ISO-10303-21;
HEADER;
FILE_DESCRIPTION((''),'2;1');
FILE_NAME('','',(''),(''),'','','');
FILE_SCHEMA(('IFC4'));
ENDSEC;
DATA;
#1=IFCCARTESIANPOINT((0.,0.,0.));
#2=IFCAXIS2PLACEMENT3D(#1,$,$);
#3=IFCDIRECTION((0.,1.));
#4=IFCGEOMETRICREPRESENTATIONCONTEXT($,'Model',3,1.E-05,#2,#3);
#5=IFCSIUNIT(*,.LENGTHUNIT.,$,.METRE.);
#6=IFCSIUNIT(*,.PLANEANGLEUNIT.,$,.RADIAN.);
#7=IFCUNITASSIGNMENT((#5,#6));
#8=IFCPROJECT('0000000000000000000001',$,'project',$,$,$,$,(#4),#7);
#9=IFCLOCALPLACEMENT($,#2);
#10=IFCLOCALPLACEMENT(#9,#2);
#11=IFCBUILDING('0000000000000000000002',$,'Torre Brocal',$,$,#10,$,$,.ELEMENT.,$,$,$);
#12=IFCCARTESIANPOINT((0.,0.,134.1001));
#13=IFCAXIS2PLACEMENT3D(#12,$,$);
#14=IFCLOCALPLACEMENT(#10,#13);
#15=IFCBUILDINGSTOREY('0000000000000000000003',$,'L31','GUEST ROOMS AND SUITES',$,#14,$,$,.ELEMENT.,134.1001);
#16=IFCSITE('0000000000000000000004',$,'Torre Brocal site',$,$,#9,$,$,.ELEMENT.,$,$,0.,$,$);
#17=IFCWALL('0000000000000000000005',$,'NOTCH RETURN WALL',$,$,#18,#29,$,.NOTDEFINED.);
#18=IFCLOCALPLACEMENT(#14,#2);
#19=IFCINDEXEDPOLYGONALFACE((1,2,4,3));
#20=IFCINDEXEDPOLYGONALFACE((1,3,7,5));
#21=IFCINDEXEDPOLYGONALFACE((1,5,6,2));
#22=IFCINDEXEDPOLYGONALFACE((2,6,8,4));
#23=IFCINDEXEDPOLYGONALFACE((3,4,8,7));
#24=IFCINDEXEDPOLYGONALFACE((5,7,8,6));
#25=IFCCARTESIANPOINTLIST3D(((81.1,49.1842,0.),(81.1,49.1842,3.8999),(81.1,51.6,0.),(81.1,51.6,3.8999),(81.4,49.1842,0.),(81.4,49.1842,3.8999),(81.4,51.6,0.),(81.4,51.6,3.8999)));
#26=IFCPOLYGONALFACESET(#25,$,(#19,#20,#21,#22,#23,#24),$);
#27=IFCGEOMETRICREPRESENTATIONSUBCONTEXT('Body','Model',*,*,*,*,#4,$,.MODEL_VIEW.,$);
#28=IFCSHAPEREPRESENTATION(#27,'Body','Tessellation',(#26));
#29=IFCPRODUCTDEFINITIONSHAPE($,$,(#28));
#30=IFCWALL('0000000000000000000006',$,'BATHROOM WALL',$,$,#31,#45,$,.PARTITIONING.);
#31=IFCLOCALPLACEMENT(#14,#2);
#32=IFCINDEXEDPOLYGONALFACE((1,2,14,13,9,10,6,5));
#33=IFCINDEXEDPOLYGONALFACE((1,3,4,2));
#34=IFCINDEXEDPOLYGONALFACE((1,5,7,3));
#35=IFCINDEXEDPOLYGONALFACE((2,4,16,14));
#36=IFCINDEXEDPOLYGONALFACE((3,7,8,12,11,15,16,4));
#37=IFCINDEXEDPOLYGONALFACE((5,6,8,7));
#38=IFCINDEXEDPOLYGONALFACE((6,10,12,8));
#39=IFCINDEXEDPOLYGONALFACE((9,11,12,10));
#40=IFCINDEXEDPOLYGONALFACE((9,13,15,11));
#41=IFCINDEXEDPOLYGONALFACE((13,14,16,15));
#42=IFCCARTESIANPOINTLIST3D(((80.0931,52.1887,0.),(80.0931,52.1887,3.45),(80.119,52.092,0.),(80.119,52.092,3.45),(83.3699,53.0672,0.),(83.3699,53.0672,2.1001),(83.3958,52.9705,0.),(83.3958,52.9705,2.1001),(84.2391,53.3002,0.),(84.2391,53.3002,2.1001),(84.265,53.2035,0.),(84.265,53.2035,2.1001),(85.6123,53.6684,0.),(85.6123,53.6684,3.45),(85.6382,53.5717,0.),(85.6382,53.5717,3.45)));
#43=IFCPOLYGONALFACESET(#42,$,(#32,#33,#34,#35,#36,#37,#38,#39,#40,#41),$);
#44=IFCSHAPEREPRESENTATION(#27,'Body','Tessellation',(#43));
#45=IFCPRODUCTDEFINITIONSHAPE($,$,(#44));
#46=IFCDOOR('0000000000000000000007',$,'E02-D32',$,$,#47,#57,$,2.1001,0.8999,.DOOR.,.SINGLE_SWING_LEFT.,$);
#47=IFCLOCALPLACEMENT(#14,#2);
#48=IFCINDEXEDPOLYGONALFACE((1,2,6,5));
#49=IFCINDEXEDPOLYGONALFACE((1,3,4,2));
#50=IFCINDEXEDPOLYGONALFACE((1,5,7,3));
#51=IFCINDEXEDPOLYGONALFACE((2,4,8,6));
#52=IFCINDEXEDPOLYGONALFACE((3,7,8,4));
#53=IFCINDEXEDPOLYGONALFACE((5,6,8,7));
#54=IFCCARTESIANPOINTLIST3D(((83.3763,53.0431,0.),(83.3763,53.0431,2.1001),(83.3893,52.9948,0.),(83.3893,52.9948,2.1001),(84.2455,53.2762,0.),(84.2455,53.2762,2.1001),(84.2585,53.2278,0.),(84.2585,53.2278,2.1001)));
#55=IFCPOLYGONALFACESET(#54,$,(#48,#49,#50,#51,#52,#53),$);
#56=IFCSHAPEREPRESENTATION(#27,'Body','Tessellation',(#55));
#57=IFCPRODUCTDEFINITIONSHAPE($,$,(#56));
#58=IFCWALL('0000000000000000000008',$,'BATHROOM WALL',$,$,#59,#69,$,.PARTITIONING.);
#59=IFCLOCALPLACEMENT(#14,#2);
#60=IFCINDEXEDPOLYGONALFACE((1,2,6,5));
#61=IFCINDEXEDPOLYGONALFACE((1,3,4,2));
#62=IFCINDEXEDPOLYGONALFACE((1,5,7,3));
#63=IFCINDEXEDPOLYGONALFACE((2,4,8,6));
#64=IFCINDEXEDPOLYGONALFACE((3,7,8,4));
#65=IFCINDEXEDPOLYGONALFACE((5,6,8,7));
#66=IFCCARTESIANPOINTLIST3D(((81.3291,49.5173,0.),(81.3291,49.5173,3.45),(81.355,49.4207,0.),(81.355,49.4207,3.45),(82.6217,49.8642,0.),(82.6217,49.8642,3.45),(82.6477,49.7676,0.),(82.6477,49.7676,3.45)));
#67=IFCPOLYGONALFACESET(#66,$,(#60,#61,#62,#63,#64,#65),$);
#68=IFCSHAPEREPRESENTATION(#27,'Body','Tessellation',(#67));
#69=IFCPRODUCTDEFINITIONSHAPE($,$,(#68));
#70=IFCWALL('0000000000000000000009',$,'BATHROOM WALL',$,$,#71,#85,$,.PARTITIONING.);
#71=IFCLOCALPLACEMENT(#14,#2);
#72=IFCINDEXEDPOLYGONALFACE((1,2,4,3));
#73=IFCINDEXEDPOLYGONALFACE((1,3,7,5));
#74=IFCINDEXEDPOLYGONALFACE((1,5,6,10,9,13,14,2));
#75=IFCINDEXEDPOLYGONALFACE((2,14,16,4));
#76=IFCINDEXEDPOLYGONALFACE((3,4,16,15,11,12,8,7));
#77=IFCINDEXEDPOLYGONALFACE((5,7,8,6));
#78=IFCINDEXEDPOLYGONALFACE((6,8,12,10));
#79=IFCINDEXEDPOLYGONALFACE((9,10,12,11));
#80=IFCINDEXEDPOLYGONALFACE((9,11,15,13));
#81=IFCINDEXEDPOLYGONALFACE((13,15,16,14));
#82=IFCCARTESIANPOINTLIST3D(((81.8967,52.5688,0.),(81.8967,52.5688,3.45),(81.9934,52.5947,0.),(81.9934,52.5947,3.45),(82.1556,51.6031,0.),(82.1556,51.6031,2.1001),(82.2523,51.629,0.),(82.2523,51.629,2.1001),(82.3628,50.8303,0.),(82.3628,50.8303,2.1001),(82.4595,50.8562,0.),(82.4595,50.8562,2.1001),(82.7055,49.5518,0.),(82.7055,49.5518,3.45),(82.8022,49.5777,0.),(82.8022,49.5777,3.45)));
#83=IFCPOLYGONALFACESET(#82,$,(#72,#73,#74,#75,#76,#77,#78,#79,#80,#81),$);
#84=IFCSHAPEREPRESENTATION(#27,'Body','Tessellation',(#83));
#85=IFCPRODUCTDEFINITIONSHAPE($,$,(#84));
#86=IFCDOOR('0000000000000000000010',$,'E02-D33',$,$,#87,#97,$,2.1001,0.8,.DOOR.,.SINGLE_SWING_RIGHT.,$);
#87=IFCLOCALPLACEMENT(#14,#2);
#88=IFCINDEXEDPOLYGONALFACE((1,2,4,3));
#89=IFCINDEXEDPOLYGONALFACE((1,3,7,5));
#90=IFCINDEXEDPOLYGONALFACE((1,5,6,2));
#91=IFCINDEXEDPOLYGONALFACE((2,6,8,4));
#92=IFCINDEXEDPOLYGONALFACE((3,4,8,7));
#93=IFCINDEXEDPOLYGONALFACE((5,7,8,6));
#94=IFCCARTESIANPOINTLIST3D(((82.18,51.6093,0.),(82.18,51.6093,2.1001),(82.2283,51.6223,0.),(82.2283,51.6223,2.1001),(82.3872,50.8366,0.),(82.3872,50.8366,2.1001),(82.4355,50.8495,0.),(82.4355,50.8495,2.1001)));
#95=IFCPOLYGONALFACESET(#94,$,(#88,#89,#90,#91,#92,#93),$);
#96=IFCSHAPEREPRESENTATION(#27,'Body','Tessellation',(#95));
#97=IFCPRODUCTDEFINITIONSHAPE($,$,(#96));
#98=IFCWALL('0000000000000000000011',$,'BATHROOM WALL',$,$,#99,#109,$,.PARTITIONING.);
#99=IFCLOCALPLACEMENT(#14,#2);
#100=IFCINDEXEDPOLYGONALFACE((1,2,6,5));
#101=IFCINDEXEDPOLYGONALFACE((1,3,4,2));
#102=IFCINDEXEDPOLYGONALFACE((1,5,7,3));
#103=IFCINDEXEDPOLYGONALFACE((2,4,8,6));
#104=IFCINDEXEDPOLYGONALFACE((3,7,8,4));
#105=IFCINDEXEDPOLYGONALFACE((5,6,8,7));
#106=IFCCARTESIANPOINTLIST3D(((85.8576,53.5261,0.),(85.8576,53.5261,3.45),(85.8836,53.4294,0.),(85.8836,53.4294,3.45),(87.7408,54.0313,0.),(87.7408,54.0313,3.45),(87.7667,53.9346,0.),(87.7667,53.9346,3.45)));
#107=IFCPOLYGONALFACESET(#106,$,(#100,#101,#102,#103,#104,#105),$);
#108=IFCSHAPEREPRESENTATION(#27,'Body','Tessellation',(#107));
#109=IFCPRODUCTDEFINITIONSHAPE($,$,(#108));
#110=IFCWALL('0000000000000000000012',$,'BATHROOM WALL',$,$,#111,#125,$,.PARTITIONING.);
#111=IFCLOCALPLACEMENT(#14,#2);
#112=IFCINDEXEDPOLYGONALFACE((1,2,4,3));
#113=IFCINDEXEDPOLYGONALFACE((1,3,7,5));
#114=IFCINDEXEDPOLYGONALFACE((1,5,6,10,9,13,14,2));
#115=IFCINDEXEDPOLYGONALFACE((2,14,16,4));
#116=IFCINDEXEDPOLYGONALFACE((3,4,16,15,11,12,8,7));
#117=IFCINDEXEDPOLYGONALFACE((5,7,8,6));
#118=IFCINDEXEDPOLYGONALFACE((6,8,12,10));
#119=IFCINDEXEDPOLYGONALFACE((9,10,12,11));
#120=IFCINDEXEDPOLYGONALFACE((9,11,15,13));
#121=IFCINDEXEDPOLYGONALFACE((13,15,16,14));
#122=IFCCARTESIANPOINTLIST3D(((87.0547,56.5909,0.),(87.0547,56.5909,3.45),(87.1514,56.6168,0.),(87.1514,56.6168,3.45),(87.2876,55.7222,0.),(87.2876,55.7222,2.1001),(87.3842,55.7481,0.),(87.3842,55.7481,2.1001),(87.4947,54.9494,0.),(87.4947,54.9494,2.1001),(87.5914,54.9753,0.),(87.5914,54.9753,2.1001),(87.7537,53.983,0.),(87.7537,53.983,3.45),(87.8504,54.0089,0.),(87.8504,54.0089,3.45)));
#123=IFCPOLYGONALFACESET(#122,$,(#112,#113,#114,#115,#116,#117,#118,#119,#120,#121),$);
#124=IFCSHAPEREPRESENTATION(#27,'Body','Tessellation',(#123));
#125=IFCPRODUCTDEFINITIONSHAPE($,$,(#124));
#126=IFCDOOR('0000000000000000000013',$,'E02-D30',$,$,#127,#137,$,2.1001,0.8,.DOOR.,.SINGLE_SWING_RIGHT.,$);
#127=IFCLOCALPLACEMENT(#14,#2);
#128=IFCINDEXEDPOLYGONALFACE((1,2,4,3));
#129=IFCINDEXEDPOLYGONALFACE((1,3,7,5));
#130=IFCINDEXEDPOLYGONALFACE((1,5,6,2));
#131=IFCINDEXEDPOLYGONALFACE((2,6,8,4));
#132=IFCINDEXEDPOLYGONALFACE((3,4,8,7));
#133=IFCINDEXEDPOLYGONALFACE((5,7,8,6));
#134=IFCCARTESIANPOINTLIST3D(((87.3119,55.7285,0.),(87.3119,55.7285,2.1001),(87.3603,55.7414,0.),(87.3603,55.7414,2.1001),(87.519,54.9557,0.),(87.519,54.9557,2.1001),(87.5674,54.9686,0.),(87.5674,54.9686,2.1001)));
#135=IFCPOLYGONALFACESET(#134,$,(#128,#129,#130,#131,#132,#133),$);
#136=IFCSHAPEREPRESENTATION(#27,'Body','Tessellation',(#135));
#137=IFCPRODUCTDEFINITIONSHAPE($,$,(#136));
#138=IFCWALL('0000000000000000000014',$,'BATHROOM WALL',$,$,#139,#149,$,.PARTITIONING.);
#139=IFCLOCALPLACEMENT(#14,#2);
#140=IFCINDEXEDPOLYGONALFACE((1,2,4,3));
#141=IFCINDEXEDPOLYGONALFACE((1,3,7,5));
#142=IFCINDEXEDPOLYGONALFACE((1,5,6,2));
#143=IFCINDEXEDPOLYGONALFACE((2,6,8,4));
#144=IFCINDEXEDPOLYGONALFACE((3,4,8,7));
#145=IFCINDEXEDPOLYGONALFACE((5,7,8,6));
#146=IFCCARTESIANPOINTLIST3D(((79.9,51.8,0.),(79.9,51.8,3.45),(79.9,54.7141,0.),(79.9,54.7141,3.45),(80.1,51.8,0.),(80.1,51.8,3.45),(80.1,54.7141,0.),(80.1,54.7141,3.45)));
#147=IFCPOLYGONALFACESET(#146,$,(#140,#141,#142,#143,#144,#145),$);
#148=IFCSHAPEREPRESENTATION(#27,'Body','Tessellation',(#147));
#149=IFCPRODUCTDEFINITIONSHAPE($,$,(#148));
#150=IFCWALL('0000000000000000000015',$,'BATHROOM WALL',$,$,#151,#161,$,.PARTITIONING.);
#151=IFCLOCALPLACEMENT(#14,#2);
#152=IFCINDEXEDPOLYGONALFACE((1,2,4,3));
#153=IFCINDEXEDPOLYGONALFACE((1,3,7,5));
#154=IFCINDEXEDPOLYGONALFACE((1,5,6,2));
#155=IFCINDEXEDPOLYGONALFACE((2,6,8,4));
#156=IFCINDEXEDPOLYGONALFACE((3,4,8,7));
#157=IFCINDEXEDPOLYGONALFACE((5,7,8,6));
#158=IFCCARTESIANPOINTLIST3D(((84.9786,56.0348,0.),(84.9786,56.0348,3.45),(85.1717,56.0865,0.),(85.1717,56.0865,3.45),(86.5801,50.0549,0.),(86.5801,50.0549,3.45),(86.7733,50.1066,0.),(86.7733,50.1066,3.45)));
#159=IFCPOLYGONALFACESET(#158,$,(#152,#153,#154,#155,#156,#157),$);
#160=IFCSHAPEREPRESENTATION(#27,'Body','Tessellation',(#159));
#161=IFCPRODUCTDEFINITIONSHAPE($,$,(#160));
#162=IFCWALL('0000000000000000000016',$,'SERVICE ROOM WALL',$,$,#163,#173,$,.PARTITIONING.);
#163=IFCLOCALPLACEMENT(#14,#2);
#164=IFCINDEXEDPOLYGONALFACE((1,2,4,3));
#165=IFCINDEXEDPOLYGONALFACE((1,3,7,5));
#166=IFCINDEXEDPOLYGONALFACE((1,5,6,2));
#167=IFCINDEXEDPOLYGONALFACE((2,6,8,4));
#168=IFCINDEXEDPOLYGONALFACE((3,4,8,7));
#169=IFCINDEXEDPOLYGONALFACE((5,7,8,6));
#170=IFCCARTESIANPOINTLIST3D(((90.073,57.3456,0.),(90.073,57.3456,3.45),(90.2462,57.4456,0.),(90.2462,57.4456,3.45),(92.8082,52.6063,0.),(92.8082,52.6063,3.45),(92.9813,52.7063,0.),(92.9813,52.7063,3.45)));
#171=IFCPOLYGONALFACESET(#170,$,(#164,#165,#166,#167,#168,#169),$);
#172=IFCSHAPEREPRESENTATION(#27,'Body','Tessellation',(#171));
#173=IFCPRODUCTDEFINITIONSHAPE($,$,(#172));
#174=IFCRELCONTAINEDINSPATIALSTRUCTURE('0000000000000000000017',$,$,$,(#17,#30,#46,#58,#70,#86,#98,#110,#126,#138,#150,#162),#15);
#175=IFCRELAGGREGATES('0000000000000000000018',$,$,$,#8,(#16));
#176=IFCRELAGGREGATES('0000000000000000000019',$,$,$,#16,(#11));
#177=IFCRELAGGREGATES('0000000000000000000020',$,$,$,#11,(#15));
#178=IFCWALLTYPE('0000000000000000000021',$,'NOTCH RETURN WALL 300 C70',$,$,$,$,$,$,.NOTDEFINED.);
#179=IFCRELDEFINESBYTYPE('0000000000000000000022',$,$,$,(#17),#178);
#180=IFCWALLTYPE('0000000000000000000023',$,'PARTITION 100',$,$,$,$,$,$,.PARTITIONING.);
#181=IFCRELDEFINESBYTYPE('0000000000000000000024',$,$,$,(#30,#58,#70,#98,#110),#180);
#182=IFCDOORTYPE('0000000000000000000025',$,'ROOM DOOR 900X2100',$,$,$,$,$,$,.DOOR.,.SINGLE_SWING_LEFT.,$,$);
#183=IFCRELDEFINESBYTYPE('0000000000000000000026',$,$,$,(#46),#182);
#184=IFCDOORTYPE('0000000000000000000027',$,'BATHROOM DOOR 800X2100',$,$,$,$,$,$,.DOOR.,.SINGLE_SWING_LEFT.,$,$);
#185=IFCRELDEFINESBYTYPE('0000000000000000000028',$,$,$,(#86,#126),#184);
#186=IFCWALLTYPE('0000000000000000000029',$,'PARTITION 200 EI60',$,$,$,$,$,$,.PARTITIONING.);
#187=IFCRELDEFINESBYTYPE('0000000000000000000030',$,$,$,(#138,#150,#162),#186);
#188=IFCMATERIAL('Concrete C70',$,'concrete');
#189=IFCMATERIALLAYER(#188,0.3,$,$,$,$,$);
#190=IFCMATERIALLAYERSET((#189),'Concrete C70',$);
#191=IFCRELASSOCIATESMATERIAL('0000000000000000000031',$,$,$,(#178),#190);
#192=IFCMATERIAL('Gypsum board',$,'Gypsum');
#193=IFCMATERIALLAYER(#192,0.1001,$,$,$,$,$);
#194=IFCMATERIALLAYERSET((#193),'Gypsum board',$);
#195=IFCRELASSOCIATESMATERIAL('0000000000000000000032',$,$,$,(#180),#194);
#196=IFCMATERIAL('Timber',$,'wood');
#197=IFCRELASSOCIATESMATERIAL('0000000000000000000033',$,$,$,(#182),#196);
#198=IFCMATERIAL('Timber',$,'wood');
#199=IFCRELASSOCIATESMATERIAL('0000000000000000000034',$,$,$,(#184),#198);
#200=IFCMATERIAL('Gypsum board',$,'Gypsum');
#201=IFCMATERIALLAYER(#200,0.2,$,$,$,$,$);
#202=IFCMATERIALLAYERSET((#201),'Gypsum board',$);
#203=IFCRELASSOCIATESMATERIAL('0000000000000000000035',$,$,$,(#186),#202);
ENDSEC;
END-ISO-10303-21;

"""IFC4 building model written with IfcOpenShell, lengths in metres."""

from ifc_helpers import new_model, si_unit, direction, frame, frame_2d, origin, place, context, subcontext, project, spatial, rectangle, extrude, material, layer, layer_set, type_object, element, fill, save


model = new_model("IFC4")

# Units and contexts
model_context = context("Model", 3, precision=1e-05, world=origin(), true_north=direction((0.0, 1.0)))
body_context = subcontext(model_context, "Body", "Model", "MODEL_VIEW")
ifc_project = project(units=[si_unit("LENGTHUNIT", "METRE"), si_unit("PLANEANGLEUNIT", "RADIAN")], contexts=[model_context])

# Site, building, storey
site_placement = place(None, origin())
site = spatial("IfcSite", under=ifc_project, at=site_placement, Name="Torre Brocal site", CompositionType="ELEMENT", RefElevation=0.0)
building_placement = place(site_placement, origin())
building = spatial("IfcBuilding", under=site, at=building_placement, Name="Torre Brocal", CompositionType="ELEMENT")
storey_placement = place(building_placement, frame((0.0, 0.0, 134.1001)))
storey = spatial("IfcBuildingStorey", under=building, at=storey_placement, Name="L31", Description="GUEST ROOMS AND SUITES", CompositionType="ELEMENT", Elevation=134.1001)

# Wall
ifc_material_1 = material(Name="Concrete C70", Category="concrete")
ifc_layer_1 = layer(ifc_material_1, 0.3)
ifc_layer_set_1 = layer_set([ifc_layer_1], Name="Concrete C70")
wall_type_1 = type_object("IfcWallType", Name="NOTCH RETURN WALL 300 C70", PredefinedType="NOTDEFINED", material=ifc_layer_set_1)
wall_1_placement = place(storey_placement, frame((81.25, 51.6001, 0.0), z_axis=(0.0, 0.0, 1.0), x_axis=(0.0, -1.0, 0.0)))
element("IfcWall", 1, at=wall_1_placement, inside=storey, type_object=wall_type_1, Name="NOTCH RETURN WALL", PredefinedType="NOTDEFINED", context=body_context, shape_type="SweptSolid", body=[
    extrude(rectangle(XDim=2.4158, YDim=0.3, at=frame_2d((1.208, 0.0))), origin(), (0.0, 0.0, 1.0), 3.8999),
])

# Wall, opening, door
ifc_material_2 = material(Name="Gypsum board", Category="Gypsum")
ifc_layer_2 = layer(ifc_material_2, 0.1001)
ifc_layer_set_2 = layer_set([ifc_layer_2], Name="Gypsum board")
wall_type_2 = type_object("IfcWallType", Name="PARTITION 100", PredefinedType="PARTITIONING", material=ifc_layer_set_2)
wall_2_placement = place(storey_placement, frame((80.1062, 52.1404, 0.0), z_axis=(0.0, 0.0, 1.0), x_axis=(0.965889, 0.258957, 0.0)))
wall_2 = element("IfcWall", 2, at=wall_2_placement, inside=storey, type_object=wall_type_2, Name="BATHROOM WALL", PredefinedType="PARTITIONING", context=body_context, shape_type="SweptSolid", body=[
    extrude(rectangle(XDim=5.7141, YDim=0.1001, at=frame_2d((2.8569, 0.0))), origin(), (0.0, 0.0, 1.0), 3.45),
])
opening_1_placement = place(wall_2_placement, frame((3.3923, 0.0, 0.0)))
opening_1 = element("IfcOpeningElement", 3, at=opening_1_placement, cuts=wall_2, PredefinedType="OPENING", context=body_context, shape_type="SweptSolid", body=[
    extrude(rectangle(XDim=0.8999, YDim=2.1001, at=frame_2d((0.45, 1.05))), frame((0.0, 0.0601, 0.0), z_axis=(0.0, -1.0, 0.0), x_axis=(1.0, 0.0, 0.0)), (0.0, 0.0, 1.0), 0.1201),
])
ifc_material_3 = material(Name="Timber", Category="wood")
door_type_1 = type_object("IfcDoorType", Name="ROOM DOOR 900X2100", OperationType="SINGLE_SWING_LEFT", PredefinedType="DOOR", material=ifc_material_3)
door_1_placement = place(opening_1_placement, frame((0.8999, 0.0, 0.0), z_axis=(0.0, 0.0, 1.0), x_axis=(-1.0, 0.0, 0.0)))
door_1 = element("IfcDoor", 4, at=door_1_placement, inside=storey, type_object=door_type_1, Name="E02-D32", OperationType="SINGLE_SWING_LEFT", OverallHeight=2.1001, OverallWidth=0.8999, PredefinedType="DOOR", context=body_context, shape_type="SweptSolid", body=[
    extrude(rectangle(XDim=0.8999, YDim=2.1001, at=frame_2d((0.45, 1.05))), frame((0.0, 0.0249, 0.0), z_axis=(0.0, -1.0, 0.0), x_axis=(1.0, 0.0, 0.0)), (0.0, 0.0, 1.0), 0.05),
])
fill(opening_1, door_1)

# Wall
wall_3_placement = place(storey_placement, frame((81.342, 49.469, 0.0), z_axis=(0.0, 0.0, 1.0), x_axis=(0.965825, 0.259195, 0.0)))
element("IfcWall", 5, at=wall_3_placement, inside=storey, type_object=wall_type_2, Name="BATHROOM WALL", PredefinedType="PARTITIONING", context=body_context, shape_type="SweptSolid", body=[
    extrude(rectangle(XDim=1.3384, YDim=0.1001, at=frame_2d((0.6692, 0.0))), origin(), (0.0, 0.0, 1.0), 3.45),
])

# Wall, opening, door
wall_4_placement = place(storey_placement, frame((81.9451, 52.5818, 0.0), z_axis=(0.0, 0.0, 1.0), x_axis=(0.258942, -0.965893, 0.0)))
wall_4 = element("IfcWall", 6, at=wall_4_placement, inside=storey, type_object=wall_type_2, Name="BATHROOM WALL", PredefinedType="PARTITIONING", context=body_context, shape_type="SweptSolid", body=[
    extrude(rectangle(XDim=3.1235, YDim=0.1001, at=frame_2d((1.5618, 0.0))), origin(), (0.0, 0.0, 1.0), 3.45),
])
opening_2_placement = place(wall_4_placement, frame((1.0, 0.0, 0.0)))
opening_2 = element("IfcOpeningElement", 7, at=opening_2_placement, cuts=wall_4, PredefinedType="OPENING", context=body_context, shape_type="SweptSolid", body=[
    extrude(rectangle(XDim=0.8, YDim=2.1001, at=frame_2d((0.3999, 1.05))), frame((0.0, 0.0601, 0.0), z_axis=(0.0, -1.0, 0.0), x_axis=(1.0, 0.0, 0.0)), (0.0, 0.0, 1.0), 0.1201),
])
ifc_material_4 = material(Name="Timber", Category="wood")
door_type_2 = type_object("IfcDoorType", Name="BATHROOM DOOR 800X2100", OperationType="SINGLE_SWING_LEFT", PredefinedType="DOOR", material=ifc_material_4)
door_2_placement = place(opening_2_placement, frame((0.8, 0.0, 0.0), z_axis=(0.0, 0.0, 1.0), x_axis=(-1.0, 0.0, 0.0)))
door_2 = element("IfcDoor", 8, at=door_2_placement, inside=storey, type_object=door_type_2, Name="E02-D33", OperationType="SINGLE_SWING_RIGHT", OverallHeight=2.1001, OverallWidth=0.8, PredefinedType="DOOR", context=body_context, shape_type="SweptSolid", body=[
    extrude(rectangle(XDim=0.8, YDim=2.1001, at=frame_2d((0.3999, 1.05))), frame((0.0, 0.0249, 0.0), z_axis=(0.0, -1.0, 0.0), x_axis=(1.0, 0.0, 0.0)), (0.0, 0.0, 1.0), 0.05),
])
fill(opening_2, door_2)

# Wall
wall_5_placement = place(storey_placement, frame((85.8706, 53.4778, 0.0), z_axis=(0.0, 0.0, 1.0), x_axis=(0.965854, 0.259089, 0.0)))
element("IfcWall", 9, at=wall_5_placement, inside=storey, type_object=wall_type_2, Name="BATHROOM WALL", PredefinedType="PARTITIONING", context=body_context, shape_type="SweptSolid", body=[
    extrude(rectangle(XDim=1.9497, YDim=0.1001, at=frame_2d((0.9749, 0.0))), origin(), (0.0, 0.0, 1.0), 3.45),
])

# Wall, opening, door
wall_6_placement = place(storey_placement, frame((87.103, 56.604, 0.0), z_axis=(0.0, 0.0, 1.0), x_axis=(0.258884, -0.965908, 0.0)))
wall_6 = element("IfcWall", 10, at=wall_6_placement, inside=storey, type_object=wall_type_2, Name="BATHROOM WALL", PredefinedType="PARTITIONING", context=body_context, shape_type="SweptSolid", body=[
    extrude(rectangle(XDim=2.7, YDim=0.1001, at=frame_2d((1.3501, 0.0))), origin(), (0.0, 0.0, 1.0), 3.45),
])
opening_3_placement = place(wall_6_placement, frame((0.8997, 0.0, 0.0)))
opening_3 = element("IfcOpeningElement", 11, at=opening_3_placement, cuts=wall_6, PredefinedType="OPENING", context=body_context, shape_type="SweptSolid", body=[
    extrude(rectangle(XDim=0.8, YDim=2.1001, at=frame_2d((0.3999, 1.05))), frame((0.0, 0.0601, 0.0), z_axis=(0.0, -1.0, 0.0), x_axis=(1.0, 0.0, 0.0)), (0.0, 0.0, 1.0), 0.1201),
])
door_3_placement = place(opening_3_placement, frame((0.8, 0.0, 0.0), z_axis=(0.0, 0.0, 1.0), x_axis=(-1.0, 0.0, 0.0)))
door_3 = element("IfcDoor", 12, at=door_3_placement, inside=storey, type_object=door_type_2, Name="E02-D30", OperationType="SINGLE_SWING_RIGHT", OverallHeight=2.1001, OverallWidth=0.8, PredefinedType="DOOR", context=body_context, shape_type="SweptSolid", body=[
    extrude(rectangle(XDim=0.8, YDim=2.1001, at=frame_2d((0.3999, 1.05))), frame((0.0, 0.0249, 0.0), z_axis=(0.0, -1.0, 0.0), x_axis=(1.0, 0.0, 0.0)), (0.0, 0.0, 1.0), 0.05),
])
fill(opening_3, door_3)

# Walls
ifc_material_5 = material(Name="Gypsum board", Category="Gypsum")
ifc_layer_3 = layer(ifc_material_5, 0.2)
ifc_layer_set_3 = layer_set([ifc_layer_3], Name="Gypsum board")
wall_type_3 = type_object("IfcWallType", Name="PARTITION 200 EI60", PredefinedType="PARTITIONING", material=ifc_layer_set_3)
wall_7_placement = place(storey_placement, frame((80.0, 51.8, 0.0), z_axis=(0.0, 0.0, 1.0), x_axis=(0.0, 1.0, 0.0)))
element("IfcWall", 13, at=wall_7_placement, inside=storey, type_object=wall_type_3, Name="BATHROOM WALL", PredefinedType="PARTITIONING", context=body_context, shape_type="SweptSolid", body=[
    extrude(rectangle(XDim=2.9141, YDim=0.2, at=frame_2d((1.457, 0.0))), origin(), (0.0, 0.0, 1.0), 3.45),
])
wall_8_placement = place(storey_placement, frame((85.0752, 56.0605, 0.0), z_axis=(0.0, 0.0, 1.0), x_axis=(0.258703, -0.965957, 0.0)))
element("IfcWall", 14, at=wall_8_placement, inside=storey, type_object=wall_type_3, Name="BATHROOM WALL", PredefinedType="PARTITIONING", context=body_context, shape_type="SweptSolid", body=[
    extrude(rectangle(XDim=6.1907, YDim=0.2, at=frame_2d((3.0952, 0.0))), origin(), (0.0, 0.0, 1.0), 3.45),
])
wall_9_placement = place(storey_placement, frame((90.1597, 57.3955, 0.0), z_axis=(0.0, 0.0, 1.0), x_axis=(0.499849, -0.866113, 0.0)))
element("IfcWall", 15, at=wall_9_placement, inside=storey, type_object=wall_type_3, Name="SERVICE ROOM WALL", PredefinedType="PARTITIONING", context=body_context, shape_type="SweptSolid", body=[
    extrude(rectangle(XDim=5.4719, YDim=0.2, at=frame_2d((2.7358, 0.0))), origin(), (0.0, 0.0, 1.0), 3.45),
])

save(model, "model.ifc")
